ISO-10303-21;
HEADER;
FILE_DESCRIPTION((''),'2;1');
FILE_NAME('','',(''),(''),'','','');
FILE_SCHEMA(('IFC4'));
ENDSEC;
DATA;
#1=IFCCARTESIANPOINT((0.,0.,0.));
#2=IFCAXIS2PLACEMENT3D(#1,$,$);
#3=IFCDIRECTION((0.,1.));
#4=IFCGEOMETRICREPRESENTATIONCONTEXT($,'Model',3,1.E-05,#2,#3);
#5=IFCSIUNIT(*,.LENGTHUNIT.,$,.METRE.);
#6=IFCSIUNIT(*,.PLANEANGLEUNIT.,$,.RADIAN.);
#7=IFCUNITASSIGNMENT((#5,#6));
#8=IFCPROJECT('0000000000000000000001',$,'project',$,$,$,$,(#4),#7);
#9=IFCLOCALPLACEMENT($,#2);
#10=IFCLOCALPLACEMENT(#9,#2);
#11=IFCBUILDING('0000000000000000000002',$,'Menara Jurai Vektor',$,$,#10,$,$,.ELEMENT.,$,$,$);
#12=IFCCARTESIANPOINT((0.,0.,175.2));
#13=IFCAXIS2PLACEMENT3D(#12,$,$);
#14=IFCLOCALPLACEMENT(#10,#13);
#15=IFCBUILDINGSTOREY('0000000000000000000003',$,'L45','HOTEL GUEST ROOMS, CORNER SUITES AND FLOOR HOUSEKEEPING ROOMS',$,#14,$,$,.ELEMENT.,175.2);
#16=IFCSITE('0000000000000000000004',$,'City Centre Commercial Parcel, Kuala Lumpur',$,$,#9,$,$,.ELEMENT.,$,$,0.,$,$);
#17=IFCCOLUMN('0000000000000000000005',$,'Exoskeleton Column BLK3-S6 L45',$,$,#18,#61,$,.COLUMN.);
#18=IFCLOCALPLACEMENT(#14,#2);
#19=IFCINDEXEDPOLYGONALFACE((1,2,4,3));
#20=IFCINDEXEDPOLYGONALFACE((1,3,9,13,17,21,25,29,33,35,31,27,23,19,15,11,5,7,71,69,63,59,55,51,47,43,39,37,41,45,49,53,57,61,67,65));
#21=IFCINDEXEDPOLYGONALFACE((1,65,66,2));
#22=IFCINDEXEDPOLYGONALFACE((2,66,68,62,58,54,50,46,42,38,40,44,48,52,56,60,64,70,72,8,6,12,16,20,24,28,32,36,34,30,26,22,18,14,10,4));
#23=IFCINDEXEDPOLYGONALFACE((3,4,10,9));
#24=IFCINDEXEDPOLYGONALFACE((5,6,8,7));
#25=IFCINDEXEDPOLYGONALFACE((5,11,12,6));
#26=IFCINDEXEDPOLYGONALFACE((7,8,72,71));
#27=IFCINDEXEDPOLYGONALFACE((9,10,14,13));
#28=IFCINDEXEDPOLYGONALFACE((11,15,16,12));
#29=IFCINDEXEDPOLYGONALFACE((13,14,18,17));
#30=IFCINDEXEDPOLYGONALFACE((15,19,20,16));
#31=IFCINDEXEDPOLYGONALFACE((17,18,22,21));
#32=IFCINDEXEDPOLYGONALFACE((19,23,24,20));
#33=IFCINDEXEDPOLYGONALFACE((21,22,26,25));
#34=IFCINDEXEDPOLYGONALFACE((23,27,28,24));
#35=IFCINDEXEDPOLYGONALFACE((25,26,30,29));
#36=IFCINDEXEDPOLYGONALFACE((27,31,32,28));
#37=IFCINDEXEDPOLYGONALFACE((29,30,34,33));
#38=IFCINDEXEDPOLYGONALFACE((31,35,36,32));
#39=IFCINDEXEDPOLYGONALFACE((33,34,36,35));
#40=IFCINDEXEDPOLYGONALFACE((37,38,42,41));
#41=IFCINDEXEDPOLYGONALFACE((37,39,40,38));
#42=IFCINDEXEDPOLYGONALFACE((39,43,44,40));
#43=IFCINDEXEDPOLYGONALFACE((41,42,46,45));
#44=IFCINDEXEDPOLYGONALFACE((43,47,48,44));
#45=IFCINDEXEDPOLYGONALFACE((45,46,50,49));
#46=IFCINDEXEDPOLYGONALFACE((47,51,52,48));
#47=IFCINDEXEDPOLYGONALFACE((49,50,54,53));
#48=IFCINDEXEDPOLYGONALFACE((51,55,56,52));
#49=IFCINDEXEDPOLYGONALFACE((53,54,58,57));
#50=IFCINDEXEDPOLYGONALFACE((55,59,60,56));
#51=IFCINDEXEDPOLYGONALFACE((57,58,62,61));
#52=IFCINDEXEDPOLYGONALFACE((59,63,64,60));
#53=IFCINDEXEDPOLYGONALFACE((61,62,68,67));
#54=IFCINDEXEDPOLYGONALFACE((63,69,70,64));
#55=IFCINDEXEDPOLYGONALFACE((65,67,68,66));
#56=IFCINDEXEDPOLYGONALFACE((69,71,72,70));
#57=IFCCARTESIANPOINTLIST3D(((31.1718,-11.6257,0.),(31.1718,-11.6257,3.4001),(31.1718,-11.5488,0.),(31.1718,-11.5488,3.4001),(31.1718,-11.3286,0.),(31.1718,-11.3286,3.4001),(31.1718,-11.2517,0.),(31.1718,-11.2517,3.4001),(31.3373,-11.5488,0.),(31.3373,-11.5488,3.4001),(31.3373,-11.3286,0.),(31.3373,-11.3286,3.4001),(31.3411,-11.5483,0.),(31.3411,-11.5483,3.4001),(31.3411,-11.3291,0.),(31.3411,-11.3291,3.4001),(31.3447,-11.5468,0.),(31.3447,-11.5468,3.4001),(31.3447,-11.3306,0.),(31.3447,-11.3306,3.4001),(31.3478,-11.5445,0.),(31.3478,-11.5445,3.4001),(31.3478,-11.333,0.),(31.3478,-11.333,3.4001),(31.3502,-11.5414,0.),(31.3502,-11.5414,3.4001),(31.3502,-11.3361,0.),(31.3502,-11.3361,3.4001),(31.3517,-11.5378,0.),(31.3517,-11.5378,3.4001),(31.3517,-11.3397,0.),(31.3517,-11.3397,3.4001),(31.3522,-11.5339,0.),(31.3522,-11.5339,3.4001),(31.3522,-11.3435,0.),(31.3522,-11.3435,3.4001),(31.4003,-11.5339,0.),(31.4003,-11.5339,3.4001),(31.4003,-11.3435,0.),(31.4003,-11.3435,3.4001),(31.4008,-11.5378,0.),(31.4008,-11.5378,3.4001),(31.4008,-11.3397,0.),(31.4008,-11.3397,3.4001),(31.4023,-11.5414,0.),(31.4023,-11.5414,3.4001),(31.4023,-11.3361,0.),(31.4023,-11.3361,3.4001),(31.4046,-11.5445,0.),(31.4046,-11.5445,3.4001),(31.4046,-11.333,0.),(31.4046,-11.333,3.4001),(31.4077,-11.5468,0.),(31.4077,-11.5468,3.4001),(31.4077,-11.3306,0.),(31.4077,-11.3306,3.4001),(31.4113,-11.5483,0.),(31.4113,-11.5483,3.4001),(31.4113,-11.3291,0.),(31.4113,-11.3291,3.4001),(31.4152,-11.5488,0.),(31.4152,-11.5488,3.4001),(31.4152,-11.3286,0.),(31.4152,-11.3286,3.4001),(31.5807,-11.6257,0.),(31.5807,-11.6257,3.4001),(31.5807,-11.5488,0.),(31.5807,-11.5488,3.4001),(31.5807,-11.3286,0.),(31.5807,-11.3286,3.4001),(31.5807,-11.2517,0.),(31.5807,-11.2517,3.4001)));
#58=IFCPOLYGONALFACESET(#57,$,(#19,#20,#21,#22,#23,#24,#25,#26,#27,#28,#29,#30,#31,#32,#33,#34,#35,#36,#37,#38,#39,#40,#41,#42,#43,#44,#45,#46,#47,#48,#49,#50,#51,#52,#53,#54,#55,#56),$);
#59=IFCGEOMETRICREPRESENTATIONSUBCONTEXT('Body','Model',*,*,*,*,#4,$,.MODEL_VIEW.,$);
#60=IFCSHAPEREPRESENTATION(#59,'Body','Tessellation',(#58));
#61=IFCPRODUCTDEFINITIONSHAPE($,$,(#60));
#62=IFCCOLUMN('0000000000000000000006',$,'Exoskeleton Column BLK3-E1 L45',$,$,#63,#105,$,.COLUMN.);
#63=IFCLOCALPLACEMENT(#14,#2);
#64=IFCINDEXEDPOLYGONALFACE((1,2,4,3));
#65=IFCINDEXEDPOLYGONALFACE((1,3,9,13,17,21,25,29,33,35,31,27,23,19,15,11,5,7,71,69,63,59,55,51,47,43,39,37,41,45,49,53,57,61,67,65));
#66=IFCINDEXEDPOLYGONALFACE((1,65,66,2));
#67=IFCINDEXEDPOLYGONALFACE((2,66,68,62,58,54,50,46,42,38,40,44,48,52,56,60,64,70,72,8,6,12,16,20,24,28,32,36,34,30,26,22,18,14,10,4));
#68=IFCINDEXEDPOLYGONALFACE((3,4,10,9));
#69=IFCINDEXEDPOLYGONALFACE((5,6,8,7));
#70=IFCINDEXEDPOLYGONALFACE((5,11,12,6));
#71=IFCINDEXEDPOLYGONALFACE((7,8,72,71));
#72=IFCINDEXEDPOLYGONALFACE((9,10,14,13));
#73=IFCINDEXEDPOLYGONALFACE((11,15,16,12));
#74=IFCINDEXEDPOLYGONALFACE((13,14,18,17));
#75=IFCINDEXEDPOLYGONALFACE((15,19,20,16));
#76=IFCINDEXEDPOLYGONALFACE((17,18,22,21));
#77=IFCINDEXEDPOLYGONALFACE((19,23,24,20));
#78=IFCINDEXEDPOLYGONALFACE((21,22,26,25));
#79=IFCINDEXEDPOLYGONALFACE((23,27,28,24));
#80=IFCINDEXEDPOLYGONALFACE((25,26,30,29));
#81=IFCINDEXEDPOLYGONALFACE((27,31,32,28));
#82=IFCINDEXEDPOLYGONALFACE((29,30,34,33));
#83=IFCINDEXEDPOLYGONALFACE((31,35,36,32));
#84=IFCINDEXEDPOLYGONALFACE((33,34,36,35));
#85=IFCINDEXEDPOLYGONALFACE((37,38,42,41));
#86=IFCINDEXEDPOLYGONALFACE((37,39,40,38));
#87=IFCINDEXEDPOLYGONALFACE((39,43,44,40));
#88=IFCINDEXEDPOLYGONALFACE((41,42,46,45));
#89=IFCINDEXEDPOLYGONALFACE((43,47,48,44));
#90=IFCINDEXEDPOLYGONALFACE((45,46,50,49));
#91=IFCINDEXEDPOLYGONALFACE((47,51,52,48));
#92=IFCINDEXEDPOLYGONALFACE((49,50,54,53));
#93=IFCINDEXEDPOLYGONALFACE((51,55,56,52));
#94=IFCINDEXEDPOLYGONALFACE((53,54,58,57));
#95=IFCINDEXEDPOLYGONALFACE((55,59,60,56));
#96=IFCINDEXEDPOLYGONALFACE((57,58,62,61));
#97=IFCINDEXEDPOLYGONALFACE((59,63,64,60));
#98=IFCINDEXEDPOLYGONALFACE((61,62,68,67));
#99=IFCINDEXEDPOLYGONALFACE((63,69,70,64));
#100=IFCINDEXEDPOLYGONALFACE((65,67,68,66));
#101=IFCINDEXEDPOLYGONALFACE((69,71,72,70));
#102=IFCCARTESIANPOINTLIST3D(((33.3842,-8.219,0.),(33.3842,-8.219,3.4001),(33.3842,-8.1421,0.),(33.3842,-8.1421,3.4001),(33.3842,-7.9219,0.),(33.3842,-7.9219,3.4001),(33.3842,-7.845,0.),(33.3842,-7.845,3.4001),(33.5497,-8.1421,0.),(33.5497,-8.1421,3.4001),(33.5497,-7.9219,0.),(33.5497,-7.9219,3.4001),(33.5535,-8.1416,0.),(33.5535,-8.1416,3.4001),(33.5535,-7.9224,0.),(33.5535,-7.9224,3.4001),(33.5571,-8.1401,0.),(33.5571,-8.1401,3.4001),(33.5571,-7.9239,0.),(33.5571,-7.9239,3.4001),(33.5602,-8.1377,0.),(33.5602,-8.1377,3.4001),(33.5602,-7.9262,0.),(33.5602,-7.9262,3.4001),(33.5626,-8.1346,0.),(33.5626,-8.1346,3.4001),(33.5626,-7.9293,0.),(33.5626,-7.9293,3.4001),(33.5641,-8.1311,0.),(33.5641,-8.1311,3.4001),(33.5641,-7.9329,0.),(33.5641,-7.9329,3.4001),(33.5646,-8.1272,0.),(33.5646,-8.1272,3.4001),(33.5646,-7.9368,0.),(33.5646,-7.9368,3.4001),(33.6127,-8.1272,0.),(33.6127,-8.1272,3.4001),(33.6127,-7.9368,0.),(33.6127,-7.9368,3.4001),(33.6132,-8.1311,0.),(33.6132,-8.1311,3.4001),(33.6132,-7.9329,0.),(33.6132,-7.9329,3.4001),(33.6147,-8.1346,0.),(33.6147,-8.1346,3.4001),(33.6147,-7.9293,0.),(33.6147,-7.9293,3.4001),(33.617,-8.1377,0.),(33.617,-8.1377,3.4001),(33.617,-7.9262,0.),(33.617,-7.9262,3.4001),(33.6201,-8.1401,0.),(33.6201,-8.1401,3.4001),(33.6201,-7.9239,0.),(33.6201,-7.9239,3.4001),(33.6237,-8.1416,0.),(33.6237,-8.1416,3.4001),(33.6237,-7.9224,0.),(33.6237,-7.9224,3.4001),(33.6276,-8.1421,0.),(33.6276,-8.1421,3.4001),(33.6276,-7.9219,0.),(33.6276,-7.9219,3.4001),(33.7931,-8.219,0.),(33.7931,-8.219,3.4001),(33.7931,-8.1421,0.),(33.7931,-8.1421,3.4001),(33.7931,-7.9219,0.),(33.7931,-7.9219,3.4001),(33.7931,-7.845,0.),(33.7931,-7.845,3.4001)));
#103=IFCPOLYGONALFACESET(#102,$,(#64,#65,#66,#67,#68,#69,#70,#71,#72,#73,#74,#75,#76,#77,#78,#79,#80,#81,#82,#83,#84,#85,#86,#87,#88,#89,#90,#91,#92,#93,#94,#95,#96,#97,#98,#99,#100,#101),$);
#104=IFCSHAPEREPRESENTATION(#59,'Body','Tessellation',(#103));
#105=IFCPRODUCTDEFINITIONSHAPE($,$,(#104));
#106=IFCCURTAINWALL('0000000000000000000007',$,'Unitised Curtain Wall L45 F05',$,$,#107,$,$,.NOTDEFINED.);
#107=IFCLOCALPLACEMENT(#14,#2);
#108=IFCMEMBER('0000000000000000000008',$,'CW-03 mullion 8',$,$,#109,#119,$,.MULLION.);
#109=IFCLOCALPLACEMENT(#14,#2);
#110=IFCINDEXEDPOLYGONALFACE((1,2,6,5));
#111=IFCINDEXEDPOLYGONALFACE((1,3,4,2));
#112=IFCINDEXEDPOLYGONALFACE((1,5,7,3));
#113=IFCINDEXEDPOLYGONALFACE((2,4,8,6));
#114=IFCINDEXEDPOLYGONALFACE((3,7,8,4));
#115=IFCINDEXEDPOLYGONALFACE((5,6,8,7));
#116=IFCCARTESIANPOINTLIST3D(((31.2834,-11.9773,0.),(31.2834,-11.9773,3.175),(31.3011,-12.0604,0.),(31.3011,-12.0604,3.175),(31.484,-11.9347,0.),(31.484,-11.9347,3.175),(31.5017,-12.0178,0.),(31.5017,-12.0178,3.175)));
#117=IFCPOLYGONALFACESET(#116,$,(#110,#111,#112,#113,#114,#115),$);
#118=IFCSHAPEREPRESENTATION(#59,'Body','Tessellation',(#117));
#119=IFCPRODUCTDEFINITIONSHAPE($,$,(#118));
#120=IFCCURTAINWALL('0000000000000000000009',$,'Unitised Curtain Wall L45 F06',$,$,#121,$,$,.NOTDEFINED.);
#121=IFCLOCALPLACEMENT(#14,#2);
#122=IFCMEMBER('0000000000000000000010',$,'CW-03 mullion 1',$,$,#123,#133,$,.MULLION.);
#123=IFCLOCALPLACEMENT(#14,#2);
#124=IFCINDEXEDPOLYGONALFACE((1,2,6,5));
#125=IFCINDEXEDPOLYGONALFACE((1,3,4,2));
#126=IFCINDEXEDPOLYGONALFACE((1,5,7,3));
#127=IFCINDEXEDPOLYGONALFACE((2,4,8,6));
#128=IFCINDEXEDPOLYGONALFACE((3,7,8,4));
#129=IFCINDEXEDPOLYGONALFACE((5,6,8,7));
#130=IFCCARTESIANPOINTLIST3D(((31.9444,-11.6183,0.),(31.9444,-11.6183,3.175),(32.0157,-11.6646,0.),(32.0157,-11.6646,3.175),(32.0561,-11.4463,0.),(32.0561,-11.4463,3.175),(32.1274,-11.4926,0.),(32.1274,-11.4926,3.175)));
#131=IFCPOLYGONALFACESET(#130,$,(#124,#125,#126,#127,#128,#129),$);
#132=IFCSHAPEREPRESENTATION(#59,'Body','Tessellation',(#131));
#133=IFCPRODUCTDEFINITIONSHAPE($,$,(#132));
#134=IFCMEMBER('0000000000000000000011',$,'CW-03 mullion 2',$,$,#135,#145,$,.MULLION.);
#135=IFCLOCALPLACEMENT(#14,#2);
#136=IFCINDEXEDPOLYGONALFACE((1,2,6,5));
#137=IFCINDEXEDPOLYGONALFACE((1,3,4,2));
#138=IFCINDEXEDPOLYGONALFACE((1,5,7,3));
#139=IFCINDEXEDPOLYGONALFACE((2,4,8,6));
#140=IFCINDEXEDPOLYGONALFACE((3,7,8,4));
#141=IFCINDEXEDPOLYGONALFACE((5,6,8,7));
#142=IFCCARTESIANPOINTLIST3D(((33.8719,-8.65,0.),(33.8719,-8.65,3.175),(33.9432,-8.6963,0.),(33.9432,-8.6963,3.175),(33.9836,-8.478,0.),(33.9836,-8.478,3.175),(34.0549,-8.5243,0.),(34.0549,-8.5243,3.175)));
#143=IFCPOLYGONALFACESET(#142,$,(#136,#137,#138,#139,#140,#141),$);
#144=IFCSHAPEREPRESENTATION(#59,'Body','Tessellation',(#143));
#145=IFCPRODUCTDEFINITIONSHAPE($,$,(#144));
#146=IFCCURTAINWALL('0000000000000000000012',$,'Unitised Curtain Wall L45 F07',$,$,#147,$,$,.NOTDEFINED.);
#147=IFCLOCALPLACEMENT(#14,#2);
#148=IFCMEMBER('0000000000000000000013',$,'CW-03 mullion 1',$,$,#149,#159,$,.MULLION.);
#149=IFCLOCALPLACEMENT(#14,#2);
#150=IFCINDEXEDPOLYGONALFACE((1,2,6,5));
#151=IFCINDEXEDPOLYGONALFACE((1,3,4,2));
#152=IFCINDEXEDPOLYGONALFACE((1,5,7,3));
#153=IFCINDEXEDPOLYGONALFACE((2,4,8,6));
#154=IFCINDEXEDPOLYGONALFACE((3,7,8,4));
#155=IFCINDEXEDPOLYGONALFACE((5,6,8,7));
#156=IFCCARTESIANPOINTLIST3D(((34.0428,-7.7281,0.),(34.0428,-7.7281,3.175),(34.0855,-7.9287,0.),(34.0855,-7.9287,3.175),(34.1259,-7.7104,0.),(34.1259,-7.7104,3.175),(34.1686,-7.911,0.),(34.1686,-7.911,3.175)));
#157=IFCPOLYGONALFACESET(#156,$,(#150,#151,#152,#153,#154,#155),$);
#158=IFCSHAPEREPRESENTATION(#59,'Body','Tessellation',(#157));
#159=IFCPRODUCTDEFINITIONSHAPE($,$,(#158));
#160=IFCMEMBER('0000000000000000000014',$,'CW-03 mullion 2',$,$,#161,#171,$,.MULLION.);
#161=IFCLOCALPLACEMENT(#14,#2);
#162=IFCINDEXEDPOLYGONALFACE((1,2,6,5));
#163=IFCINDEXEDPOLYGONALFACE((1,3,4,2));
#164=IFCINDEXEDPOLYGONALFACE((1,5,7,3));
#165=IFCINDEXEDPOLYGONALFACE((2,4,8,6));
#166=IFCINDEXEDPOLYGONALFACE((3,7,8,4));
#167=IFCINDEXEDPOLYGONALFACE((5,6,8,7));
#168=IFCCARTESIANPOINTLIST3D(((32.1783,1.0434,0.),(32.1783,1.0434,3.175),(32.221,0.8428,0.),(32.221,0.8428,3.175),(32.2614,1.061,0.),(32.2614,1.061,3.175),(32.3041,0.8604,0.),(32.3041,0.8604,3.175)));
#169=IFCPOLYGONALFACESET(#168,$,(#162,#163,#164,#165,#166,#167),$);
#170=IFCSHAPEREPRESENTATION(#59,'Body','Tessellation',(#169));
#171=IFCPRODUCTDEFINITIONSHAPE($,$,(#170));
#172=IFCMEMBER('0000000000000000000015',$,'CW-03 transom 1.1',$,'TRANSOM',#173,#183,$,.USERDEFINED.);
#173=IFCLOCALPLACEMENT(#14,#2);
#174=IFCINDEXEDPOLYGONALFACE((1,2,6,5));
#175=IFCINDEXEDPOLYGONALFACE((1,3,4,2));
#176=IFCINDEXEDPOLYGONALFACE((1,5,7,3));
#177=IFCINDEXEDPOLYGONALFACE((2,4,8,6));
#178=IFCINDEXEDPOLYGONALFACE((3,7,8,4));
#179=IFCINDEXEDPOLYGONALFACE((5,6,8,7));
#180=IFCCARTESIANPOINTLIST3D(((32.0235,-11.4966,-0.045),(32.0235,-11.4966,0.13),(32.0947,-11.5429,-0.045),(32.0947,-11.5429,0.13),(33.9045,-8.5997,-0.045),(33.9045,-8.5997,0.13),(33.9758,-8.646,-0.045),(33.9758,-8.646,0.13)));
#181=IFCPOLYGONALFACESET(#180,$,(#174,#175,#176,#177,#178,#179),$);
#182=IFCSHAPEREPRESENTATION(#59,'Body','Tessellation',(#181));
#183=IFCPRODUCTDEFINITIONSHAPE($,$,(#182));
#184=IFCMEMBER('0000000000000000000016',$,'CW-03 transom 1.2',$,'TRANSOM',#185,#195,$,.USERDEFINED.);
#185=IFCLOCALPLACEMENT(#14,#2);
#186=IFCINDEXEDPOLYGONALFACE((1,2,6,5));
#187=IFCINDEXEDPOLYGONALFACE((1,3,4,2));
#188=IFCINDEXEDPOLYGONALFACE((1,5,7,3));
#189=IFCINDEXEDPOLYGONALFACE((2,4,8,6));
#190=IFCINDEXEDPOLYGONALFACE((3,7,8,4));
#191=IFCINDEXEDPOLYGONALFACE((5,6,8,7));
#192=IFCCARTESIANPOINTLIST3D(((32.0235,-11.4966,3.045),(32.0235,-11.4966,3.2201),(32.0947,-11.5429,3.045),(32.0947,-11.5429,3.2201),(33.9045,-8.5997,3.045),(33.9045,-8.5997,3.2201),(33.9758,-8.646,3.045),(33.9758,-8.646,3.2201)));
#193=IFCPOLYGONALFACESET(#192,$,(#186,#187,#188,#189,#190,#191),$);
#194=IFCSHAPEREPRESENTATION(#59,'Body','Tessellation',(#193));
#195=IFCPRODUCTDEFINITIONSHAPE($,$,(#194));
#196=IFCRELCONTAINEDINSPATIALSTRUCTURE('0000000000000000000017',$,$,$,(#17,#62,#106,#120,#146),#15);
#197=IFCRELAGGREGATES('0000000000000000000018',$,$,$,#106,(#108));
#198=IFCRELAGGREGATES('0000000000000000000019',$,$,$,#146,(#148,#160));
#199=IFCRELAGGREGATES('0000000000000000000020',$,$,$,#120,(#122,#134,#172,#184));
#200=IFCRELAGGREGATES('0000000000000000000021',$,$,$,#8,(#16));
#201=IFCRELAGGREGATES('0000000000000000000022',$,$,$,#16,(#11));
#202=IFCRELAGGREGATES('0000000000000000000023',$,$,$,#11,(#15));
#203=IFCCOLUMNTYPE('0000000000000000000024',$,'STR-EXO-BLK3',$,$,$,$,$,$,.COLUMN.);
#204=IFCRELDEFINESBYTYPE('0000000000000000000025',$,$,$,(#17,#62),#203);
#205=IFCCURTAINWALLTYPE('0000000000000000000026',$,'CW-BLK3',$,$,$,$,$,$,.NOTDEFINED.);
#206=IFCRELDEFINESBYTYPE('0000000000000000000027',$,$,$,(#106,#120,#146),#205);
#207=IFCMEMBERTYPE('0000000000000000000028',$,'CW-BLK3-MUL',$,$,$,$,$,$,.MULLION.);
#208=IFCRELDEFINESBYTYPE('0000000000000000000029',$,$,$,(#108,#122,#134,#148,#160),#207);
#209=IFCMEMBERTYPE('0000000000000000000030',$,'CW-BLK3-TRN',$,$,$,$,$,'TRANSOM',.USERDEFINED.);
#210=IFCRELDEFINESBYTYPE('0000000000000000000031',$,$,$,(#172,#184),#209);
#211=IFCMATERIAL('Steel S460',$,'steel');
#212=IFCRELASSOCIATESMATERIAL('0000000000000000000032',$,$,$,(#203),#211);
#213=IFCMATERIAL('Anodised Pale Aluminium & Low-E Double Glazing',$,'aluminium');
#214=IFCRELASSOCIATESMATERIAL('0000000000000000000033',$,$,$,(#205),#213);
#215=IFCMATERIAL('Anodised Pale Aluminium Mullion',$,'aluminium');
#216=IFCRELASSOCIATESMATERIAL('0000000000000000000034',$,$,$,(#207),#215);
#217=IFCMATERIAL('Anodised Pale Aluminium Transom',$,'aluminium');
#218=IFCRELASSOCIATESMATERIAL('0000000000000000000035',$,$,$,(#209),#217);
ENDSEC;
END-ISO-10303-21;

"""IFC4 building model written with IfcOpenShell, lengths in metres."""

from ifc_helpers import new_model, si_unit, direction, frame, origin, origin_2d, place, context, subcontext, project, spatial, rectangle, i_section, extrude, material, material_profile, profile_set, type_object, element, aggregate, save


model = new_model("IFC4")

# Units and contexts
model_context = context("Model", 3, precision=1e-05, world=origin(), true_north=direction((0.0, 1.0)))
body_context = subcontext(model_context, "Body", "Model", "MODEL_VIEW")
ifc_project = project(units=[si_unit("LENGTHUNIT", "METRE"), si_unit("PLANEANGLEUNIT", "RADIAN")], contexts=[model_context])

# Site, building, storey
site_placement = place(None, origin())
site = spatial("IfcSite", under=ifc_project, at=site_placement, Name="City Centre Commercial Parcel, Kuala Lumpur", CompositionType="ELEMENT", RefElevation=0.0)
building_placement = place(site_placement, origin())
building = spatial("IfcBuilding", under=site, at=building_placement, Name="Menara Jurai Vektor", CompositionType="ELEMENT")
storey_placement = place(building_placement, frame((0.0, 0.0, 175.2)))
storey = spatial("IfcBuildingStorey", under=building, at=storey_placement, Name="L45", Description="HOTEL GUEST ROOMS, CORNER SUITES AND FLOOR HOUSEKEEPING ROOMS", CompositionType="ELEMENT", Elevation=175.2)

# Columns
ifc_material_1 = material(Name="Steel S460", Category="steel")
ifc_material_profile_1 = material_profile(ifc_material_1, i_section(OverallWidth=0.4089, OverallDepth=0.374, WebThickness=0.0481, FlangeThickness=0.0769, FilletRadius=0.0149, at=origin_2d()), Name="HD 400x634")
ifc_profile_set_1 = profile_set([ifc_material_profile_1], Name="Steel S460")
column_type = type_object("IfcColumnType", Name="STR-EXO-BLK3", PredefinedType="COLUMN", material=ifc_profile_set_1)
for number, where, z_axis, x_axis, name in (
    (1, (31.3762, -11.4387, 0.0), (0.0, 0.0, 1.0), (1.0, 0.0, 0.0), "Exoskeleton Column BLK3-S6 L45"),
    (2, (33.5886, -8.032, 0.0), (0.0, 0.0, 1.0), (1.0, 0.0, 0.0), "Exoskeleton Column BLK3-E1 L45"),
):
    element("IfcColumn", number, at=place(storey_placement, frame(where, z_axis=z_axis, x_axis=x_axis)), inside=storey, type_object=column_type, Name=name, PredefinedType="COLUMN", context=body_context, shape_type="SweptSolid", body=[
        extrude(i_section(OverallWidth=0.4089, OverallDepth=0.374, WebThickness=0.0481, FlangeThickness=0.0769, FilletRadius=0.0149, at=origin_2d()), origin(), (0.0, 0.0, 1.0), 3.4001),
    ])

# Curtain wall, member
ifc_material_2 = material(Name="Anodised Pale Aluminium & Low-E Double Glazing", Category="aluminium")
curtain_wall_type = type_object("IfcCurtainWallType", Name="CW-BLK3", PredefinedType="NOTDEFINED", material=ifc_material_2)
curtain_wall_1_placement = place(storey_placement, origin())
curtain_wall_1 = element("IfcCurtainWall", 3, at=curtain_wall_1_placement, inside=storey, type_object=curtain_wall_type, Name="Unitised Curtain Wall L45 F05", PredefinedType="NOTDEFINED")
ifc_material_3 = material(Name="Anodised Pale Aluminium Mullion", Category="aluminium")
ifc_material_profile_2 = material_profile(ifc_material_3, rectangle(XDim=0.085, YDim=0.2051, at=origin_2d()), Name="ALU MUL 85x205")
ifc_profile_set_2 = profile_set([ifc_material_profile_2], Name="Anodised Pale Aluminium Mullion")
member_type_1 = type_object("IfcMemberType", Name="CW-BLK3-MUL", PredefinedType="MULLION", material=ifc_profile_set_2)
member_1_placement = place(storey_placement, frame((31.3926, -11.9976, 0.0), z_axis=(0.0, 0.0, 1.0), x_axis=(-0.207911, 0.978148, 0.0)))
member_1 = element("IfcMember", 4, at=member_1_placement, type_object=member_type_1, Name="CW-03 mullion 8", PredefinedType="MULLION", context=body_context, shape_type="SweptSolid", body=[
    extrude(rectangle(XDim=0.085, YDim=0.2051, at=origin_2d()), origin(), (0.0, 0.0, 1.0), 3.175),
])

# Curtain walls, members
curtain_wall_2_placement = place(storey_placement, origin())
curtain_wall_2 = element("IfcCurtainWall", 5, at=curtain_wall_2_placement, inside=storey, type_object=curtain_wall_type, Name="Unitised Curtain Wall L45 F06", PredefinedType="NOTDEFINED")
member_2_placement = place(storey_placement, frame((32.0359, -11.5554, 0.0), z_axis=(0.0, 0.0, 1.0), x_axis=(-0.838684, 0.544618, 0.0)))
member_2 = element("IfcMember", 6, at=member_2_placement, type_object=member_type_1, Name="CW-03 mullion 1", PredefinedType="MULLION", context=body_context, shape_type="SweptSolid", body=[
    extrude(rectangle(XDim=0.085, YDim=0.2051, at=origin_2d()), origin(), (0.0, 0.0, 1.0), 3.175),
])
member_3_placement = place(storey_placement, frame((33.9634, -8.5872, 0.0), z_axis=(0.0, 0.0, 1.0), x_axis=(-0.838684, 0.544618, 0.0)))
member_3 = element("IfcMember", 7, at=member_3_placement, type_object=member_type_1, Name="CW-03 mullion 2", PredefinedType="MULLION", context=body_context, shape_type="SweptSolid", body=[
    extrude(rectangle(XDim=0.085, YDim=0.2051, at=origin_2d()), origin(), (0.0, 0.0, 1.0), 3.175),
])
curtain_wall_3_placement = place(storey_placement, origin())
curtain_wall_3 = element("IfcCurtainWall", 8, at=curtain_wall_3_placement, inside=storey, type_object=curtain_wall_type, Name="Unitised Curtain Wall L45 F07", PredefinedType="NOTDEFINED")
member_4_placement = place(storey_placement, frame((34.1057, -7.8196, 0.0), z_axis=(0.0, 0.0, 1.0), x_axis=(-0.978148, -0.20791, 0.0)))
member_4 = element("IfcMember", 9, at=member_4_placement, type_object=member_type_1, Name="CW-03 mullion 1", PredefinedType="MULLION", context=body_context, shape_type="SweptSolid", body=[
    extrude(rectangle(XDim=0.085, YDim=0.2051, at=origin_2d()), origin(), (0.0, 0.0, 1.0), 3.175),
])
member_5_placement = place(storey_placement, frame((32.2412, 0.9519, 0.0), z_axis=(0.0, 0.0, 1.0), x_axis=(-0.978148, -0.20791, 0.0)))
member_5 = element("IfcMember", 10, at=member_5_placement, type_object=member_type_1, Name="CW-03 mullion 2", PredefinedType="MULLION", context=body_context, shape_type="SweptSolid", body=[
    extrude(rectangle(XDim=0.085, YDim=0.2051, at=origin_2d()), origin(), (0.0, 0.0, 1.0), 3.175),
])

# Members
ifc_material_4 = material(Name="Anodised Pale Aluminium Transom", Category="aluminium")
ifc_material_profile_3 = material_profile(ifc_material_4, rectangle(XDim=0.085, YDim=0.175, at=origin_2d()), Name="ALU TRN 85x175")
ifc_profile_set_3 = profile_set([ifc_material_profile_3], Name="Anodised Pale Aluminium Transom")
member_type_2 = type_object("IfcMemberType", Name="CW-BLK3-TRN", ElementType="TRANSOM", PredefinedType="USERDEFINED", material=ifc_profile_set_3)
member_6_placement = place(storey_placement, frame((32.0591, -11.5198, 0.0425), z_axis=(0.544596, 0.838699, 0.0), x_axis=(-0.838699, 0.544596, 0.0)))
member_6 = element("IfcMember", 11, at=member_6_placement, type_object=member_type_2, Name="CW-03 transom 1.1", ObjectType="TRANSOM", PredefinedType="USERDEFINED", context=body_context, shape_type="SweptSolid", body=[
    extrude(rectangle(XDim=0.085, YDim=0.175, at=origin_2d()), origin(), (0.0, 0.0, 1.0), 3.4541),
])
member_7_placement = place(storey_placement, frame((32.0591, -11.5198, 3.1326), z_axis=(0.544596, 0.838699, 0.0), x_axis=(-0.838699, 0.544596, 0.0)))
member_7 = element("IfcMember", 12, at=member_7_placement, type_object=member_type_2, Name="CW-03 transom 1.2", ObjectType="TRANSOM", PredefinedType="USERDEFINED", context=body_context, shape_type="SweptSolid", body=[
    extrude(rectangle(XDim=0.085, YDim=0.175, at=origin_2d()), origin(), (0.0, 0.0, 1.0), 3.4541),
])

aggregate(curtain_wall_1, [member_1])
aggregate(curtain_wall_3, [member_4, member_5])
aggregate(curtain_wall_2, [member_2, member_3, member_6, member_7])

save(model, "model.ifc")
